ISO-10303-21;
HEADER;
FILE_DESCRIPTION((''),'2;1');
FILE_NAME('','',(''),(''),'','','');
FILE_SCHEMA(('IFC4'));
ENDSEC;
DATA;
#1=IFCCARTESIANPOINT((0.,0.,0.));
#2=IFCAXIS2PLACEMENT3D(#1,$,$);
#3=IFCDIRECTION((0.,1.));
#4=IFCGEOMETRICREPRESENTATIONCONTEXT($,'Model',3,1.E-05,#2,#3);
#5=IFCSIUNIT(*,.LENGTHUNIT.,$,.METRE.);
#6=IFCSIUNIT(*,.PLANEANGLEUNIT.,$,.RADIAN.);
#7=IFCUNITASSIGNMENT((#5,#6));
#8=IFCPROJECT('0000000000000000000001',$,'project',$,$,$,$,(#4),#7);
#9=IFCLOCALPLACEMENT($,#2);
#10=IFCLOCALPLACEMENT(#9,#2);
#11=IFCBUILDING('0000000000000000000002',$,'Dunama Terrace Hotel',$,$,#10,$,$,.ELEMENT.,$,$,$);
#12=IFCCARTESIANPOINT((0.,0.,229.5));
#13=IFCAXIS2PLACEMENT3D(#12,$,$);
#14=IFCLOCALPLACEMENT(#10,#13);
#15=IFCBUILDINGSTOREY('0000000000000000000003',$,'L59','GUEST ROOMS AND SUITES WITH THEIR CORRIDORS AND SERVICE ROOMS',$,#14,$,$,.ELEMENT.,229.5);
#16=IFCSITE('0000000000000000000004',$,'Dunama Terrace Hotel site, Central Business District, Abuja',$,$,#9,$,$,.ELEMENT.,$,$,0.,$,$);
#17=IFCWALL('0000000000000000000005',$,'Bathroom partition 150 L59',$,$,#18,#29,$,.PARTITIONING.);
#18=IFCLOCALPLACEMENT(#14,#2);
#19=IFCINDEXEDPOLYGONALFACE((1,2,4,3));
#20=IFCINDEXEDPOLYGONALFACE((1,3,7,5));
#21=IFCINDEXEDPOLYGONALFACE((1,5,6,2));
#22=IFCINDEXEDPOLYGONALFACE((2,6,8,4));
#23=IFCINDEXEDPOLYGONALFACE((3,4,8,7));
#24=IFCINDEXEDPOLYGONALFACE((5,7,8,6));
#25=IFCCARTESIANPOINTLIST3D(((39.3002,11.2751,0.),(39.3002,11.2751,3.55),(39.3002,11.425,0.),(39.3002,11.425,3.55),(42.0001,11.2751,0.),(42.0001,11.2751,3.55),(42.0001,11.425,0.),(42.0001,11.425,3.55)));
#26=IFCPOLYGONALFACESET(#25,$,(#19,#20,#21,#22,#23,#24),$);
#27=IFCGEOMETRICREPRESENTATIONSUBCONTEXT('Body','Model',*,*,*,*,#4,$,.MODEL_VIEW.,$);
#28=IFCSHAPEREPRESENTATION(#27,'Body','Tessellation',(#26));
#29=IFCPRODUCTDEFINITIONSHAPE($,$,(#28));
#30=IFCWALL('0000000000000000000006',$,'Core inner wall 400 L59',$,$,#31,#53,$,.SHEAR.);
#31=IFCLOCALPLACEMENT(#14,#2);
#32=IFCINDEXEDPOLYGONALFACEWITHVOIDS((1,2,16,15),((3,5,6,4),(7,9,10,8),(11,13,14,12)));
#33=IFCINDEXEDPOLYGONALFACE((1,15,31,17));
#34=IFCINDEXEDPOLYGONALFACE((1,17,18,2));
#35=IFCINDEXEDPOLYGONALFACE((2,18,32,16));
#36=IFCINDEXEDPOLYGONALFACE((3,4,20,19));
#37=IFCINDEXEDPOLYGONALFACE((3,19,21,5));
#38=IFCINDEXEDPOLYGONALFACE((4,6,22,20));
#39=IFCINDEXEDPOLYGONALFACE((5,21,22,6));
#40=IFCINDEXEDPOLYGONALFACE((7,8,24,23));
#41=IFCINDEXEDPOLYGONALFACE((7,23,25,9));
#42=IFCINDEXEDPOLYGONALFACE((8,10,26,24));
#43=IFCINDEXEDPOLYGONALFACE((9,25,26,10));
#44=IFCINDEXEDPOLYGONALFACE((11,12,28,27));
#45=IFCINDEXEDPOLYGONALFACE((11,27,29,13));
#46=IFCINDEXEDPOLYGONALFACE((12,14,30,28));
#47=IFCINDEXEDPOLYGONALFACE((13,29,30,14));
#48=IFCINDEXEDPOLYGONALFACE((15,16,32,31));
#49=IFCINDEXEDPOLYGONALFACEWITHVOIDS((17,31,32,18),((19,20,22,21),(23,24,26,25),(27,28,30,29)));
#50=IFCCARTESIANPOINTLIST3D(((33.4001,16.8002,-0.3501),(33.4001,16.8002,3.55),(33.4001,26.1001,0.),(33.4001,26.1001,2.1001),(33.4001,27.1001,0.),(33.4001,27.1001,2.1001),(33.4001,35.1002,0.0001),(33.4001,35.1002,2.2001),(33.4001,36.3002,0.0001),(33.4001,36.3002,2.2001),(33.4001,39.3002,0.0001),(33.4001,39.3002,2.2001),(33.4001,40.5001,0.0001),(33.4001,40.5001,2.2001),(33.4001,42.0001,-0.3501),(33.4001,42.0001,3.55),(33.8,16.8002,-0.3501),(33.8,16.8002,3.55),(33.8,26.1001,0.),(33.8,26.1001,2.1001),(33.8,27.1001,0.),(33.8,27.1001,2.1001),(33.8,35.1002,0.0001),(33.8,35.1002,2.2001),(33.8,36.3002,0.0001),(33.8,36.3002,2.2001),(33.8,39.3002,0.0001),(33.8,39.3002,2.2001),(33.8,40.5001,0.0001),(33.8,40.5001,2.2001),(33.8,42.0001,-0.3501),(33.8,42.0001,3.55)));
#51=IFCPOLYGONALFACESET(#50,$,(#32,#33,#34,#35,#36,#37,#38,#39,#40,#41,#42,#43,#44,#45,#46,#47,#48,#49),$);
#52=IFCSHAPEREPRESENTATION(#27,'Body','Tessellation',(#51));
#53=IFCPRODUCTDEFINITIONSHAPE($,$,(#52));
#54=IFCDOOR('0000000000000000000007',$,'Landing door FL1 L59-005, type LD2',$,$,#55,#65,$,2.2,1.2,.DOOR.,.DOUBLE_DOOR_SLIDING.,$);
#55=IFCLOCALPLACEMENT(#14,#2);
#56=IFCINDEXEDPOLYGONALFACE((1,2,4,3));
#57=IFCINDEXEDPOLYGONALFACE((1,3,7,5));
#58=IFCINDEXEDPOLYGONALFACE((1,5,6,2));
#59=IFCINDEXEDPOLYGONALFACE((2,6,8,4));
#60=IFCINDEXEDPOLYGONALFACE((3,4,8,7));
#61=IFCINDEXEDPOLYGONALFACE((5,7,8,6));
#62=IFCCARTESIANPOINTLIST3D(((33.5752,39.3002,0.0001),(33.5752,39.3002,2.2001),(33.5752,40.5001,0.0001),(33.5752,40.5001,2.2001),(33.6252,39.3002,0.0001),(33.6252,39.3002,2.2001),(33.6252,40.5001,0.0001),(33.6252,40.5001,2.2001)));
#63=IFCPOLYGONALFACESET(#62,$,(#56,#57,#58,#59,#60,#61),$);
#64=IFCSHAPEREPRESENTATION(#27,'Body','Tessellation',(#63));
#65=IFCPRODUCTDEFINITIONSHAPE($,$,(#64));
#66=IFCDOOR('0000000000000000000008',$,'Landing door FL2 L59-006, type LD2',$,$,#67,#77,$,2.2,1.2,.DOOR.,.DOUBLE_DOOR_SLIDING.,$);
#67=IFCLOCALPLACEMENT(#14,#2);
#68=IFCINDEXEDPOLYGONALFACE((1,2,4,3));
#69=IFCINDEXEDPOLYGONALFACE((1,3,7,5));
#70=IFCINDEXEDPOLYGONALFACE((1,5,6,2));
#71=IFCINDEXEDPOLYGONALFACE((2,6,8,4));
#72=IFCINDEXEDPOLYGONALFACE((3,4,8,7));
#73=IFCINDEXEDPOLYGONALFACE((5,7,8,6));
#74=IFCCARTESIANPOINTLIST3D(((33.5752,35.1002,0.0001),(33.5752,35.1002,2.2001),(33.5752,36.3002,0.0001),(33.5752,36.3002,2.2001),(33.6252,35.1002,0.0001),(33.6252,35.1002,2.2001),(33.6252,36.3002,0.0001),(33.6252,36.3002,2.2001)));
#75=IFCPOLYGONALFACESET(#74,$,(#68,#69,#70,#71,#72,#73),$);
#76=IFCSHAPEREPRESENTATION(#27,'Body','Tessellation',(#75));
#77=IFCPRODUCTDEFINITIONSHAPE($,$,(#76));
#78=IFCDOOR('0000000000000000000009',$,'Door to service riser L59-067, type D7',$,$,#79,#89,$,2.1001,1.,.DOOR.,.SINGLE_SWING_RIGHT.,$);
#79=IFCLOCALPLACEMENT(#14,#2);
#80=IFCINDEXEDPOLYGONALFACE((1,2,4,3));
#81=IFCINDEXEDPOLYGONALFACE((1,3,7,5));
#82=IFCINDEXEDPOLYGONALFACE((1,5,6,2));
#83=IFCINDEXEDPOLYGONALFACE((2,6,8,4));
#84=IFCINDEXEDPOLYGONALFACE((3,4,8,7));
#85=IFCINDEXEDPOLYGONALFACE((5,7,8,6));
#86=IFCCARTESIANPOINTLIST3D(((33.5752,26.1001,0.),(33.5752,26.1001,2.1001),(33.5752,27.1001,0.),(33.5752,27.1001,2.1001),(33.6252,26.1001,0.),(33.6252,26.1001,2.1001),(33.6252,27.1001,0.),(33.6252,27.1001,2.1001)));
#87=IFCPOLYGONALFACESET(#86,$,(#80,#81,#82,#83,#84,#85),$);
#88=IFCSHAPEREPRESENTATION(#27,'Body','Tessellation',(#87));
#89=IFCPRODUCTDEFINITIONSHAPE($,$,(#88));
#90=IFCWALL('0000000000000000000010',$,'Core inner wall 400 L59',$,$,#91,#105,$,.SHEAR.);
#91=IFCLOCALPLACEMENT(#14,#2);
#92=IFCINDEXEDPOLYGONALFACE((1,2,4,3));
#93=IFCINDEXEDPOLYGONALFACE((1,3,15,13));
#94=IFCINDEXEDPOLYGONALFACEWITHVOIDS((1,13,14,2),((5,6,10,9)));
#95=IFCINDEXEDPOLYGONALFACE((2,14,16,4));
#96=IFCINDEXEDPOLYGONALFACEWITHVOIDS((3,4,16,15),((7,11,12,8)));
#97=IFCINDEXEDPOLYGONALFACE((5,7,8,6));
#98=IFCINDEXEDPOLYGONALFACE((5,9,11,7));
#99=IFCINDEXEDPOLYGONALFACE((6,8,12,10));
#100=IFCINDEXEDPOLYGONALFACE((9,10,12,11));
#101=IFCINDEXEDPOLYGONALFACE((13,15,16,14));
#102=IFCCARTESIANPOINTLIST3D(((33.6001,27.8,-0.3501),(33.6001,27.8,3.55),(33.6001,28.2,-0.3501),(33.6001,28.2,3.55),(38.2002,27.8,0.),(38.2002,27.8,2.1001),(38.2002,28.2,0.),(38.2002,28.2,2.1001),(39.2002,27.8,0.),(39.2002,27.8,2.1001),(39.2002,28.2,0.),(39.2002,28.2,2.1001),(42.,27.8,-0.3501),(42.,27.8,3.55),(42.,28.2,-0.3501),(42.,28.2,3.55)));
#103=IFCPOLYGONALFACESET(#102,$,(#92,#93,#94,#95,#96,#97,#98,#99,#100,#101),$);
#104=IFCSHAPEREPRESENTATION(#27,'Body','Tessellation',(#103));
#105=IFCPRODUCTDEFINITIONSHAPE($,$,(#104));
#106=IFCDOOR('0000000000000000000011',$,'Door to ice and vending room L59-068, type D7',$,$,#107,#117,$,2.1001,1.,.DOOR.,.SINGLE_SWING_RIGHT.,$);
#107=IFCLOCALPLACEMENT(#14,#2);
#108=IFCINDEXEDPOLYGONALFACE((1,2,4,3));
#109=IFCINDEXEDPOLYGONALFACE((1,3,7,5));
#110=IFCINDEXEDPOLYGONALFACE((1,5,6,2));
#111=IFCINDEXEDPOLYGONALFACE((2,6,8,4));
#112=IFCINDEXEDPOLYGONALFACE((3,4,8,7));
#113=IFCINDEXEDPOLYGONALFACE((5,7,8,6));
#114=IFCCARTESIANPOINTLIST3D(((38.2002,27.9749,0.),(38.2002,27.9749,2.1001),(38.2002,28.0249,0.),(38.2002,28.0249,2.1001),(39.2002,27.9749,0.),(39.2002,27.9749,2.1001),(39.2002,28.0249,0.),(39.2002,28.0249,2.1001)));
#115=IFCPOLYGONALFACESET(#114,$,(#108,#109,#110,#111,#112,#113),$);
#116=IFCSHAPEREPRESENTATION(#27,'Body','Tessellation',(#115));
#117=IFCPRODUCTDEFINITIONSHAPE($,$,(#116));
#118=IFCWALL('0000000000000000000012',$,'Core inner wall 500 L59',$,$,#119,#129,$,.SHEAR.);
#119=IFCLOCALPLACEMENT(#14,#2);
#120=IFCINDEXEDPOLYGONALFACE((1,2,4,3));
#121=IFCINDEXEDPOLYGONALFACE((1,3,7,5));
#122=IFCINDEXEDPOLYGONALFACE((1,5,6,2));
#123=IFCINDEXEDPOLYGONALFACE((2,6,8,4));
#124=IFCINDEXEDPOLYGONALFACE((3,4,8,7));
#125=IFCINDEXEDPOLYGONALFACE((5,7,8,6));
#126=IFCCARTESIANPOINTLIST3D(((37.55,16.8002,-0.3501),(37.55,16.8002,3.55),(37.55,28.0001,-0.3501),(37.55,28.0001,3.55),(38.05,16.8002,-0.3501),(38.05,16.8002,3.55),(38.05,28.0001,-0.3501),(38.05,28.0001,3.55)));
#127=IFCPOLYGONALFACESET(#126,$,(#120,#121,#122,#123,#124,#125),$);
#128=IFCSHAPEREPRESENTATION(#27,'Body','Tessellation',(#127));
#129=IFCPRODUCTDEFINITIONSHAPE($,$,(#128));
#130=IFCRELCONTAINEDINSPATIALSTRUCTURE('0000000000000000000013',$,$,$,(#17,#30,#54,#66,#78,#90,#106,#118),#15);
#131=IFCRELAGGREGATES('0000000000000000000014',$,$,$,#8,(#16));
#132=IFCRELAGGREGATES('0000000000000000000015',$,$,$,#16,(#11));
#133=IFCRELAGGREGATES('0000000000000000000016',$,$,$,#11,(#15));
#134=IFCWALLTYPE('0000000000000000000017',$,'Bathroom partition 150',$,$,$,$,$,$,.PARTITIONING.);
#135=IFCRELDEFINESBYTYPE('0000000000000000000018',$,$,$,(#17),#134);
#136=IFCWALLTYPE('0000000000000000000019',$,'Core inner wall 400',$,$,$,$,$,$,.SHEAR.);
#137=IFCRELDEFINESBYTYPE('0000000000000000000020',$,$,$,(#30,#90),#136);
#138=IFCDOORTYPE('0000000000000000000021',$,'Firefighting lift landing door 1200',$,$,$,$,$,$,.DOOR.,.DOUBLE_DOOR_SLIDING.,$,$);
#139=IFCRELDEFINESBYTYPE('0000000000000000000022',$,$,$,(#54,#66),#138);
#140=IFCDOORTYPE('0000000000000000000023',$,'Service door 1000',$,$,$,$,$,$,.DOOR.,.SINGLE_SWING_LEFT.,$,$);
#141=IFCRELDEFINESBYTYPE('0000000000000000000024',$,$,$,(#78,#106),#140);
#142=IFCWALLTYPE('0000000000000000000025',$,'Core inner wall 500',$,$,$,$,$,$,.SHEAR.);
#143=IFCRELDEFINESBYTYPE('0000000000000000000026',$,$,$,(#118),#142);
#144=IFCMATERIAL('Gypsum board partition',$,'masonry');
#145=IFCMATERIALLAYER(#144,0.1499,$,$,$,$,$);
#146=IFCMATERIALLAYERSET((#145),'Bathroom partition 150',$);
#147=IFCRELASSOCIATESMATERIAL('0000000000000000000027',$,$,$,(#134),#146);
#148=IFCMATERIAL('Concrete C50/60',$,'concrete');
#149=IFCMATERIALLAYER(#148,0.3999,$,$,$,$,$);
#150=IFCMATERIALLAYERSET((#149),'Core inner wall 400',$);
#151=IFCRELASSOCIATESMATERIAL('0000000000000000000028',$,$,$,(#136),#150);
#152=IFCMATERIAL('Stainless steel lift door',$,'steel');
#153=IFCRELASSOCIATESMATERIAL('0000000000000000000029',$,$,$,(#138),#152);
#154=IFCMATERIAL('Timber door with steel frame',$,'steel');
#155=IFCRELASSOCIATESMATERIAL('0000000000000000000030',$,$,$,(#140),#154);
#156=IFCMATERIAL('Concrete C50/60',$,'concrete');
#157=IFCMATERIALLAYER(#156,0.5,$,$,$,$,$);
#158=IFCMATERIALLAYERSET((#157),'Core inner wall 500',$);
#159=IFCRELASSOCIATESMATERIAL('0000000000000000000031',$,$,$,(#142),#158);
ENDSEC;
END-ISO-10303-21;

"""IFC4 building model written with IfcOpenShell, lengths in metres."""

from ifc_helpers import new_model, si_unit, direction, frame, frame_2d, origin, place, context, subcontext, project, spatial, rectangle, extrude, material, layer, layer_set, type_object, element, fill, save


model = new_model("IFC4")

# Units and contexts
model_context = context("Model", 3, precision=1e-05, world=origin(), true_north=direction((0.0, 1.0)))
body_context = subcontext(model_context, "Body", "Model", "MODEL_VIEW")
ifc_project = project(units=[si_unit("LENGTHUNIT", "METRE"), si_unit("PLANEANGLEUNIT", "RADIAN")], contexts=[model_context])

# Site, building, storey
site_placement = place(None, origin())
site = spatial("IfcSite", under=ifc_project, at=site_placement, Name="Dunama Terrace Hotel site, Central Business District, Abuja", CompositionType="ELEMENT", RefElevation=0.0)
building_placement = place(site_placement, origin())
building = spatial("IfcBuilding", under=site, at=building_placement, Name="Dunama Terrace Hotel", CompositionType="ELEMENT")
storey_placement = place(building_placement, frame((0.0, 0.0, 229.5)))
storey = spatial("IfcBuildingStorey", under=building, at=storey_placement, Name="L59", Description="GUEST ROOMS AND SUITES WITH THEIR CORRIDORS AND SERVICE ROOMS", CompositionType="ELEMENT", Elevation=229.5)

# Wall
ifc_material_1 = material(Name="Gypsum board partition", Category="masonry")
ifc_layer_1 = layer(ifc_material_1, 0.1499)
ifc_layer_set_1 = layer_set([ifc_layer_1], Name="Bathroom partition 150")
wall_type_1 = type_object("IfcWallType", Name="Bathroom partition 150", PredefinedType="PARTITIONING", material=ifc_layer_set_1)
wall_1_placement = place(storey_placement, frame((39.3, 11.3501, 0.0), z_axis=(0.0, 0.0, 1.0), x_axis=(1.0, 0.0, 0.0)))
element("IfcWall", 1, at=wall_1_placement, inside=storey, type_object=wall_type_1, Name="Bathroom partition 150 L59", PredefinedType="PARTITIONING", context=body_context, shape_type="SweptSolid", body=[
    extrude(rectangle(XDim=2.7, YDim=0.1499, at=frame_2d((1.3501, 0.0))), origin(), (0.0, 0.0, 1.0), 3.55),
])

# Wall, openings, doors
ifc_material_2 = material(Name="Concrete C50/60", Category="concrete")
ifc_layer_2 = layer(ifc_material_2, 0.3999)
ifc_layer_set_2 = layer_set([ifc_layer_2], Name="Core inner wall 400")
wall_type_2 = type_object("IfcWallType", Name="Core inner wall 400", PredefinedType="SHEAR", material=ifc_layer_set_2)
wall_2_placement = place(storey_placement, frame((33.6001, 16.8, -0.3501), z_axis=(0.0, 0.0, 1.0), x_axis=(0.0, 1.0, 0.0)))
wall_2 = element("IfcWall", 2, at=wall_2_placement, inside=storey, type_object=wall_type_2, Name="Core inner wall 400 L59", PredefinedType="SHEAR", context=body_context, shape_type="SweptSolid", body=[
    extrude(rectangle(XDim=25.2, YDim=0.3999, at=frame_2d((12.6001, 0.0))), origin(), (0.0, 0.0, 1.0), 3.9001),
])
opening_1_placement = place(wall_2_placement, frame((22.5, 0.0, 0.3501)))
opening_1 = element("IfcOpeningElement", 3, at=opening_1_placement, cuts=wall_2, PredefinedType="OPENING", context=body_context, shape_type="SweptSolid", body=[
    extrude(rectangle(XDim=1.2, YDim=2.2, at=frame_2d((0.6001, 1.1001))), frame((0.0, 0.21, 0.0), z_axis=(0.0, -1.0, 0.0), x_axis=(1.0, 0.0, 0.0)), (0.0, 0.0, 1.0), 0.4199),
])
opening_2_placement = place(wall_2_placement, frame((18.3, 0.0, 0.3501)))
opening_2 = element("IfcOpeningElement", 4, at=opening_2_placement, cuts=wall_2, PredefinedType="OPENING", context=body_context, shape_type="SweptSolid", body=[
    extrude(rectangle(XDim=1.2, YDim=2.2, at=frame_2d((0.6001, 1.1001))), frame((0.0, 0.21, 0.0), z_axis=(0.0, -1.0, 0.0), x_axis=(1.0, 0.0, 0.0)), (0.0, 0.0, 1.0), 0.4199),
])
opening_3_placement = place(wall_2_placement, frame((9.3, 0.0, 0.3501)))
opening_3 = element("IfcOpeningElement", 5, at=opening_3_placement, cuts=wall_2, PredefinedType="OPENING", context=body_context, shape_type="SweptSolid", body=[
    extrude(rectangle(XDim=1.0, YDim=2.1001, at=frame_2d((0.5, 1.05))), frame((0.0, 0.21, 0.0), z_axis=(0.0, -1.0, 0.0), x_axis=(1.0, 0.0, 0.0)), (0.0, 0.0, 1.0), 0.4199),
])
ifc_material_3 = material(Name="Stainless steel lift door", Category="steel")
door_type_1 = type_object("IfcDoorType", Name="Firefighting lift landing door 1200", OperationType="DOUBLE_DOOR_SLIDING", PredefinedType="DOOR", material=ifc_material_3)
door_1_placement = place(opening_1_placement, origin())
door_1 = element("IfcDoor", 6, at=door_1_placement, inside=storey, type_object=door_type_1, Name="Landing door FL1 L59-005, type LD2", OperationType="DOUBLE_DOOR_SLIDING", OverallHeight=2.2, OverallWidth=1.2, PredefinedType="DOOR", context=body_context, shape_type="SweptSolid", body=[
    extrude(rectangle(XDim=1.2, YDim=2.2, at=frame_2d((0.6001, 1.1001))), frame((0.0, 0.0249, 0.0), z_axis=(0.0, -1.0, 0.0), x_axis=(1.0, 0.0, 0.0)), (0.0, 0.0, 1.0), 0.05),
])
fill(opening_1, door_1)
door_2_placement = place(opening_2_placement, origin())
door_2 = element("IfcDoor", 7, at=door_2_placement, inside=storey, type_object=door_type_1, Name="Landing door FL2 L59-006, type LD2", OperationType="DOUBLE_DOOR_SLIDING", OverallHeight=2.2, OverallWidth=1.2, PredefinedType="DOOR", context=body_context, shape_type="SweptSolid", body=[
    extrude(rectangle(XDim=1.2, YDim=2.2, at=frame_2d((0.6001, 1.1001))), frame((0.0, 0.0249, 0.0), z_axis=(0.0, -1.0, 0.0), x_axis=(1.0, 0.0, 0.0)), (0.0, 0.0, 1.0), 0.05),
])
fill(opening_2, door_2)
ifc_material_4 = material(Name="Timber door with steel frame", Category="steel")
door_type_2 = type_object("IfcDoorType", Name="Service door 1000", OperationType="SINGLE_SWING_LEFT", PredefinedType="DOOR", material=ifc_material_4)
door_3_placement = place(opening_3_placement, frame((1.0, 0.0, 0.0), z_axis=(0.0, 0.0, 1.0), x_axis=(-1.0, 0.0, 0.0)))
door_3 = element("IfcDoor", 8, at=door_3_placement, inside=storey, type_object=door_type_2, Name="Door to service riser L59-067, type D7", OperationType="SINGLE_SWING_RIGHT", OverallHeight=2.1001, OverallWidth=1.0, PredefinedType="DOOR", context=body_context, shape_type="SweptSolid", body=[
    extrude(rectangle(XDim=1.0, YDim=2.1001, at=frame_2d((0.5, 1.05))), frame((0.0, 0.0251, 0.0), z_axis=(0.0, -1.0, 0.0), x_axis=(1.0, 0.0, 0.0)), (0.0, 0.0, 1.0), 0.05),
])
fill(opening_3, door_3)

# Wall, opening, door
wall_3_placement = place(storey_placement, frame((33.6001, 28.0, -0.3501), z_axis=(0.0, 0.0, 1.0), x_axis=(1.0, 0.0, 0.0)))
wall_3 = element("IfcWall", 9, at=wall_3_placement, inside=storey, type_object=wall_type_2, Name="Core inner wall 400 L59", PredefinedType="SHEAR", context=body_context, shape_type="SweptSolid", body=[
    extrude(rectangle(XDim=8.3999, YDim=0.3999, at=frame_2d((4.2, 0.0))), origin(), (0.0, 0.0, 1.0), 3.9001),
])
opening_4_placement = place(wall_3_placement, frame((4.6001, 0.0, 0.3501)))
opening_4 = element("IfcOpeningElement", 10, at=opening_4_placement, cuts=wall_3, PredefinedType="OPENING", context=body_context, shape_type="SweptSolid", body=[
    extrude(rectangle(XDim=1.0, YDim=2.1001, at=frame_2d((0.5, 1.05))), frame((0.0, 0.21, 0.0), z_axis=(0.0, -1.0, 0.0), x_axis=(1.0, 0.0, 0.0)), (0.0, 0.0, 1.0), 0.4199),
])
door_4_placement = place(opening_4_placement, frame((1.0, 0.0, 0.0), z_axis=(0.0, 0.0, 1.0), x_axis=(-1.0, 0.0, 0.0)))
door_4 = element("IfcDoor", 11, at=door_4_placement, inside=storey, type_object=door_type_2, Name="Door to ice and vending room L59-068, type D7", OperationType="SINGLE_SWING_RIGHT", OverallHeight=2.1001, OverallWidth=1.0, PredefinedType="DOOR", context=body_context, shape_type="SweptSolid", body=[
    extrude(rectangle(XDim=1.0, YDim=2.1001, at=frame_2d((0.5, 1.05))), frame((0.0, 0.0251, 0.0), z_axis=(0.0, -1.0, 0.0), x_axis=(1.0, 0.0, 0.0)), (0.0, 0.0, 1.0), 0.05),
])
fill(opening_4, door_4)

# Wall
ifc_material_5 = material(Name="Concrete C50/60", Category="concrete")
ifc_layer_3 = layer(ifc_material_5, 0.5)
ifc_layer_set_3 = layer_set([ifc_layer_3], Name="Core inner wall 500")
wall_type_3 = type_object("IfcWallType", Name="Core inner wall 500", PredefinedType="SHEAR", material=ifc_layer_set_3)
wall_4_placement = place(storey_placement, frame((37.8, 16.8, -0.3501), z_axis=(0.0, 0.0, 1.0), x_axis=(0.0, 1.0, 0.0)))
element("IfcWall", 12, at=wall_4_placement, inside=storey, type_object=wall_type_3, Name="Core inner wall 500 L59", PredefinedType="SHEAR", context=body_context, shape_type="SweptSolid", body=[
    extrude(rectangle(XDim=11.2, YDim=0.5, at=frame_2d((5.6001, 0.0))), origin(), (0.0, 0.0, 1.0), 3.9001),
])

save(model, "model.ifc")
